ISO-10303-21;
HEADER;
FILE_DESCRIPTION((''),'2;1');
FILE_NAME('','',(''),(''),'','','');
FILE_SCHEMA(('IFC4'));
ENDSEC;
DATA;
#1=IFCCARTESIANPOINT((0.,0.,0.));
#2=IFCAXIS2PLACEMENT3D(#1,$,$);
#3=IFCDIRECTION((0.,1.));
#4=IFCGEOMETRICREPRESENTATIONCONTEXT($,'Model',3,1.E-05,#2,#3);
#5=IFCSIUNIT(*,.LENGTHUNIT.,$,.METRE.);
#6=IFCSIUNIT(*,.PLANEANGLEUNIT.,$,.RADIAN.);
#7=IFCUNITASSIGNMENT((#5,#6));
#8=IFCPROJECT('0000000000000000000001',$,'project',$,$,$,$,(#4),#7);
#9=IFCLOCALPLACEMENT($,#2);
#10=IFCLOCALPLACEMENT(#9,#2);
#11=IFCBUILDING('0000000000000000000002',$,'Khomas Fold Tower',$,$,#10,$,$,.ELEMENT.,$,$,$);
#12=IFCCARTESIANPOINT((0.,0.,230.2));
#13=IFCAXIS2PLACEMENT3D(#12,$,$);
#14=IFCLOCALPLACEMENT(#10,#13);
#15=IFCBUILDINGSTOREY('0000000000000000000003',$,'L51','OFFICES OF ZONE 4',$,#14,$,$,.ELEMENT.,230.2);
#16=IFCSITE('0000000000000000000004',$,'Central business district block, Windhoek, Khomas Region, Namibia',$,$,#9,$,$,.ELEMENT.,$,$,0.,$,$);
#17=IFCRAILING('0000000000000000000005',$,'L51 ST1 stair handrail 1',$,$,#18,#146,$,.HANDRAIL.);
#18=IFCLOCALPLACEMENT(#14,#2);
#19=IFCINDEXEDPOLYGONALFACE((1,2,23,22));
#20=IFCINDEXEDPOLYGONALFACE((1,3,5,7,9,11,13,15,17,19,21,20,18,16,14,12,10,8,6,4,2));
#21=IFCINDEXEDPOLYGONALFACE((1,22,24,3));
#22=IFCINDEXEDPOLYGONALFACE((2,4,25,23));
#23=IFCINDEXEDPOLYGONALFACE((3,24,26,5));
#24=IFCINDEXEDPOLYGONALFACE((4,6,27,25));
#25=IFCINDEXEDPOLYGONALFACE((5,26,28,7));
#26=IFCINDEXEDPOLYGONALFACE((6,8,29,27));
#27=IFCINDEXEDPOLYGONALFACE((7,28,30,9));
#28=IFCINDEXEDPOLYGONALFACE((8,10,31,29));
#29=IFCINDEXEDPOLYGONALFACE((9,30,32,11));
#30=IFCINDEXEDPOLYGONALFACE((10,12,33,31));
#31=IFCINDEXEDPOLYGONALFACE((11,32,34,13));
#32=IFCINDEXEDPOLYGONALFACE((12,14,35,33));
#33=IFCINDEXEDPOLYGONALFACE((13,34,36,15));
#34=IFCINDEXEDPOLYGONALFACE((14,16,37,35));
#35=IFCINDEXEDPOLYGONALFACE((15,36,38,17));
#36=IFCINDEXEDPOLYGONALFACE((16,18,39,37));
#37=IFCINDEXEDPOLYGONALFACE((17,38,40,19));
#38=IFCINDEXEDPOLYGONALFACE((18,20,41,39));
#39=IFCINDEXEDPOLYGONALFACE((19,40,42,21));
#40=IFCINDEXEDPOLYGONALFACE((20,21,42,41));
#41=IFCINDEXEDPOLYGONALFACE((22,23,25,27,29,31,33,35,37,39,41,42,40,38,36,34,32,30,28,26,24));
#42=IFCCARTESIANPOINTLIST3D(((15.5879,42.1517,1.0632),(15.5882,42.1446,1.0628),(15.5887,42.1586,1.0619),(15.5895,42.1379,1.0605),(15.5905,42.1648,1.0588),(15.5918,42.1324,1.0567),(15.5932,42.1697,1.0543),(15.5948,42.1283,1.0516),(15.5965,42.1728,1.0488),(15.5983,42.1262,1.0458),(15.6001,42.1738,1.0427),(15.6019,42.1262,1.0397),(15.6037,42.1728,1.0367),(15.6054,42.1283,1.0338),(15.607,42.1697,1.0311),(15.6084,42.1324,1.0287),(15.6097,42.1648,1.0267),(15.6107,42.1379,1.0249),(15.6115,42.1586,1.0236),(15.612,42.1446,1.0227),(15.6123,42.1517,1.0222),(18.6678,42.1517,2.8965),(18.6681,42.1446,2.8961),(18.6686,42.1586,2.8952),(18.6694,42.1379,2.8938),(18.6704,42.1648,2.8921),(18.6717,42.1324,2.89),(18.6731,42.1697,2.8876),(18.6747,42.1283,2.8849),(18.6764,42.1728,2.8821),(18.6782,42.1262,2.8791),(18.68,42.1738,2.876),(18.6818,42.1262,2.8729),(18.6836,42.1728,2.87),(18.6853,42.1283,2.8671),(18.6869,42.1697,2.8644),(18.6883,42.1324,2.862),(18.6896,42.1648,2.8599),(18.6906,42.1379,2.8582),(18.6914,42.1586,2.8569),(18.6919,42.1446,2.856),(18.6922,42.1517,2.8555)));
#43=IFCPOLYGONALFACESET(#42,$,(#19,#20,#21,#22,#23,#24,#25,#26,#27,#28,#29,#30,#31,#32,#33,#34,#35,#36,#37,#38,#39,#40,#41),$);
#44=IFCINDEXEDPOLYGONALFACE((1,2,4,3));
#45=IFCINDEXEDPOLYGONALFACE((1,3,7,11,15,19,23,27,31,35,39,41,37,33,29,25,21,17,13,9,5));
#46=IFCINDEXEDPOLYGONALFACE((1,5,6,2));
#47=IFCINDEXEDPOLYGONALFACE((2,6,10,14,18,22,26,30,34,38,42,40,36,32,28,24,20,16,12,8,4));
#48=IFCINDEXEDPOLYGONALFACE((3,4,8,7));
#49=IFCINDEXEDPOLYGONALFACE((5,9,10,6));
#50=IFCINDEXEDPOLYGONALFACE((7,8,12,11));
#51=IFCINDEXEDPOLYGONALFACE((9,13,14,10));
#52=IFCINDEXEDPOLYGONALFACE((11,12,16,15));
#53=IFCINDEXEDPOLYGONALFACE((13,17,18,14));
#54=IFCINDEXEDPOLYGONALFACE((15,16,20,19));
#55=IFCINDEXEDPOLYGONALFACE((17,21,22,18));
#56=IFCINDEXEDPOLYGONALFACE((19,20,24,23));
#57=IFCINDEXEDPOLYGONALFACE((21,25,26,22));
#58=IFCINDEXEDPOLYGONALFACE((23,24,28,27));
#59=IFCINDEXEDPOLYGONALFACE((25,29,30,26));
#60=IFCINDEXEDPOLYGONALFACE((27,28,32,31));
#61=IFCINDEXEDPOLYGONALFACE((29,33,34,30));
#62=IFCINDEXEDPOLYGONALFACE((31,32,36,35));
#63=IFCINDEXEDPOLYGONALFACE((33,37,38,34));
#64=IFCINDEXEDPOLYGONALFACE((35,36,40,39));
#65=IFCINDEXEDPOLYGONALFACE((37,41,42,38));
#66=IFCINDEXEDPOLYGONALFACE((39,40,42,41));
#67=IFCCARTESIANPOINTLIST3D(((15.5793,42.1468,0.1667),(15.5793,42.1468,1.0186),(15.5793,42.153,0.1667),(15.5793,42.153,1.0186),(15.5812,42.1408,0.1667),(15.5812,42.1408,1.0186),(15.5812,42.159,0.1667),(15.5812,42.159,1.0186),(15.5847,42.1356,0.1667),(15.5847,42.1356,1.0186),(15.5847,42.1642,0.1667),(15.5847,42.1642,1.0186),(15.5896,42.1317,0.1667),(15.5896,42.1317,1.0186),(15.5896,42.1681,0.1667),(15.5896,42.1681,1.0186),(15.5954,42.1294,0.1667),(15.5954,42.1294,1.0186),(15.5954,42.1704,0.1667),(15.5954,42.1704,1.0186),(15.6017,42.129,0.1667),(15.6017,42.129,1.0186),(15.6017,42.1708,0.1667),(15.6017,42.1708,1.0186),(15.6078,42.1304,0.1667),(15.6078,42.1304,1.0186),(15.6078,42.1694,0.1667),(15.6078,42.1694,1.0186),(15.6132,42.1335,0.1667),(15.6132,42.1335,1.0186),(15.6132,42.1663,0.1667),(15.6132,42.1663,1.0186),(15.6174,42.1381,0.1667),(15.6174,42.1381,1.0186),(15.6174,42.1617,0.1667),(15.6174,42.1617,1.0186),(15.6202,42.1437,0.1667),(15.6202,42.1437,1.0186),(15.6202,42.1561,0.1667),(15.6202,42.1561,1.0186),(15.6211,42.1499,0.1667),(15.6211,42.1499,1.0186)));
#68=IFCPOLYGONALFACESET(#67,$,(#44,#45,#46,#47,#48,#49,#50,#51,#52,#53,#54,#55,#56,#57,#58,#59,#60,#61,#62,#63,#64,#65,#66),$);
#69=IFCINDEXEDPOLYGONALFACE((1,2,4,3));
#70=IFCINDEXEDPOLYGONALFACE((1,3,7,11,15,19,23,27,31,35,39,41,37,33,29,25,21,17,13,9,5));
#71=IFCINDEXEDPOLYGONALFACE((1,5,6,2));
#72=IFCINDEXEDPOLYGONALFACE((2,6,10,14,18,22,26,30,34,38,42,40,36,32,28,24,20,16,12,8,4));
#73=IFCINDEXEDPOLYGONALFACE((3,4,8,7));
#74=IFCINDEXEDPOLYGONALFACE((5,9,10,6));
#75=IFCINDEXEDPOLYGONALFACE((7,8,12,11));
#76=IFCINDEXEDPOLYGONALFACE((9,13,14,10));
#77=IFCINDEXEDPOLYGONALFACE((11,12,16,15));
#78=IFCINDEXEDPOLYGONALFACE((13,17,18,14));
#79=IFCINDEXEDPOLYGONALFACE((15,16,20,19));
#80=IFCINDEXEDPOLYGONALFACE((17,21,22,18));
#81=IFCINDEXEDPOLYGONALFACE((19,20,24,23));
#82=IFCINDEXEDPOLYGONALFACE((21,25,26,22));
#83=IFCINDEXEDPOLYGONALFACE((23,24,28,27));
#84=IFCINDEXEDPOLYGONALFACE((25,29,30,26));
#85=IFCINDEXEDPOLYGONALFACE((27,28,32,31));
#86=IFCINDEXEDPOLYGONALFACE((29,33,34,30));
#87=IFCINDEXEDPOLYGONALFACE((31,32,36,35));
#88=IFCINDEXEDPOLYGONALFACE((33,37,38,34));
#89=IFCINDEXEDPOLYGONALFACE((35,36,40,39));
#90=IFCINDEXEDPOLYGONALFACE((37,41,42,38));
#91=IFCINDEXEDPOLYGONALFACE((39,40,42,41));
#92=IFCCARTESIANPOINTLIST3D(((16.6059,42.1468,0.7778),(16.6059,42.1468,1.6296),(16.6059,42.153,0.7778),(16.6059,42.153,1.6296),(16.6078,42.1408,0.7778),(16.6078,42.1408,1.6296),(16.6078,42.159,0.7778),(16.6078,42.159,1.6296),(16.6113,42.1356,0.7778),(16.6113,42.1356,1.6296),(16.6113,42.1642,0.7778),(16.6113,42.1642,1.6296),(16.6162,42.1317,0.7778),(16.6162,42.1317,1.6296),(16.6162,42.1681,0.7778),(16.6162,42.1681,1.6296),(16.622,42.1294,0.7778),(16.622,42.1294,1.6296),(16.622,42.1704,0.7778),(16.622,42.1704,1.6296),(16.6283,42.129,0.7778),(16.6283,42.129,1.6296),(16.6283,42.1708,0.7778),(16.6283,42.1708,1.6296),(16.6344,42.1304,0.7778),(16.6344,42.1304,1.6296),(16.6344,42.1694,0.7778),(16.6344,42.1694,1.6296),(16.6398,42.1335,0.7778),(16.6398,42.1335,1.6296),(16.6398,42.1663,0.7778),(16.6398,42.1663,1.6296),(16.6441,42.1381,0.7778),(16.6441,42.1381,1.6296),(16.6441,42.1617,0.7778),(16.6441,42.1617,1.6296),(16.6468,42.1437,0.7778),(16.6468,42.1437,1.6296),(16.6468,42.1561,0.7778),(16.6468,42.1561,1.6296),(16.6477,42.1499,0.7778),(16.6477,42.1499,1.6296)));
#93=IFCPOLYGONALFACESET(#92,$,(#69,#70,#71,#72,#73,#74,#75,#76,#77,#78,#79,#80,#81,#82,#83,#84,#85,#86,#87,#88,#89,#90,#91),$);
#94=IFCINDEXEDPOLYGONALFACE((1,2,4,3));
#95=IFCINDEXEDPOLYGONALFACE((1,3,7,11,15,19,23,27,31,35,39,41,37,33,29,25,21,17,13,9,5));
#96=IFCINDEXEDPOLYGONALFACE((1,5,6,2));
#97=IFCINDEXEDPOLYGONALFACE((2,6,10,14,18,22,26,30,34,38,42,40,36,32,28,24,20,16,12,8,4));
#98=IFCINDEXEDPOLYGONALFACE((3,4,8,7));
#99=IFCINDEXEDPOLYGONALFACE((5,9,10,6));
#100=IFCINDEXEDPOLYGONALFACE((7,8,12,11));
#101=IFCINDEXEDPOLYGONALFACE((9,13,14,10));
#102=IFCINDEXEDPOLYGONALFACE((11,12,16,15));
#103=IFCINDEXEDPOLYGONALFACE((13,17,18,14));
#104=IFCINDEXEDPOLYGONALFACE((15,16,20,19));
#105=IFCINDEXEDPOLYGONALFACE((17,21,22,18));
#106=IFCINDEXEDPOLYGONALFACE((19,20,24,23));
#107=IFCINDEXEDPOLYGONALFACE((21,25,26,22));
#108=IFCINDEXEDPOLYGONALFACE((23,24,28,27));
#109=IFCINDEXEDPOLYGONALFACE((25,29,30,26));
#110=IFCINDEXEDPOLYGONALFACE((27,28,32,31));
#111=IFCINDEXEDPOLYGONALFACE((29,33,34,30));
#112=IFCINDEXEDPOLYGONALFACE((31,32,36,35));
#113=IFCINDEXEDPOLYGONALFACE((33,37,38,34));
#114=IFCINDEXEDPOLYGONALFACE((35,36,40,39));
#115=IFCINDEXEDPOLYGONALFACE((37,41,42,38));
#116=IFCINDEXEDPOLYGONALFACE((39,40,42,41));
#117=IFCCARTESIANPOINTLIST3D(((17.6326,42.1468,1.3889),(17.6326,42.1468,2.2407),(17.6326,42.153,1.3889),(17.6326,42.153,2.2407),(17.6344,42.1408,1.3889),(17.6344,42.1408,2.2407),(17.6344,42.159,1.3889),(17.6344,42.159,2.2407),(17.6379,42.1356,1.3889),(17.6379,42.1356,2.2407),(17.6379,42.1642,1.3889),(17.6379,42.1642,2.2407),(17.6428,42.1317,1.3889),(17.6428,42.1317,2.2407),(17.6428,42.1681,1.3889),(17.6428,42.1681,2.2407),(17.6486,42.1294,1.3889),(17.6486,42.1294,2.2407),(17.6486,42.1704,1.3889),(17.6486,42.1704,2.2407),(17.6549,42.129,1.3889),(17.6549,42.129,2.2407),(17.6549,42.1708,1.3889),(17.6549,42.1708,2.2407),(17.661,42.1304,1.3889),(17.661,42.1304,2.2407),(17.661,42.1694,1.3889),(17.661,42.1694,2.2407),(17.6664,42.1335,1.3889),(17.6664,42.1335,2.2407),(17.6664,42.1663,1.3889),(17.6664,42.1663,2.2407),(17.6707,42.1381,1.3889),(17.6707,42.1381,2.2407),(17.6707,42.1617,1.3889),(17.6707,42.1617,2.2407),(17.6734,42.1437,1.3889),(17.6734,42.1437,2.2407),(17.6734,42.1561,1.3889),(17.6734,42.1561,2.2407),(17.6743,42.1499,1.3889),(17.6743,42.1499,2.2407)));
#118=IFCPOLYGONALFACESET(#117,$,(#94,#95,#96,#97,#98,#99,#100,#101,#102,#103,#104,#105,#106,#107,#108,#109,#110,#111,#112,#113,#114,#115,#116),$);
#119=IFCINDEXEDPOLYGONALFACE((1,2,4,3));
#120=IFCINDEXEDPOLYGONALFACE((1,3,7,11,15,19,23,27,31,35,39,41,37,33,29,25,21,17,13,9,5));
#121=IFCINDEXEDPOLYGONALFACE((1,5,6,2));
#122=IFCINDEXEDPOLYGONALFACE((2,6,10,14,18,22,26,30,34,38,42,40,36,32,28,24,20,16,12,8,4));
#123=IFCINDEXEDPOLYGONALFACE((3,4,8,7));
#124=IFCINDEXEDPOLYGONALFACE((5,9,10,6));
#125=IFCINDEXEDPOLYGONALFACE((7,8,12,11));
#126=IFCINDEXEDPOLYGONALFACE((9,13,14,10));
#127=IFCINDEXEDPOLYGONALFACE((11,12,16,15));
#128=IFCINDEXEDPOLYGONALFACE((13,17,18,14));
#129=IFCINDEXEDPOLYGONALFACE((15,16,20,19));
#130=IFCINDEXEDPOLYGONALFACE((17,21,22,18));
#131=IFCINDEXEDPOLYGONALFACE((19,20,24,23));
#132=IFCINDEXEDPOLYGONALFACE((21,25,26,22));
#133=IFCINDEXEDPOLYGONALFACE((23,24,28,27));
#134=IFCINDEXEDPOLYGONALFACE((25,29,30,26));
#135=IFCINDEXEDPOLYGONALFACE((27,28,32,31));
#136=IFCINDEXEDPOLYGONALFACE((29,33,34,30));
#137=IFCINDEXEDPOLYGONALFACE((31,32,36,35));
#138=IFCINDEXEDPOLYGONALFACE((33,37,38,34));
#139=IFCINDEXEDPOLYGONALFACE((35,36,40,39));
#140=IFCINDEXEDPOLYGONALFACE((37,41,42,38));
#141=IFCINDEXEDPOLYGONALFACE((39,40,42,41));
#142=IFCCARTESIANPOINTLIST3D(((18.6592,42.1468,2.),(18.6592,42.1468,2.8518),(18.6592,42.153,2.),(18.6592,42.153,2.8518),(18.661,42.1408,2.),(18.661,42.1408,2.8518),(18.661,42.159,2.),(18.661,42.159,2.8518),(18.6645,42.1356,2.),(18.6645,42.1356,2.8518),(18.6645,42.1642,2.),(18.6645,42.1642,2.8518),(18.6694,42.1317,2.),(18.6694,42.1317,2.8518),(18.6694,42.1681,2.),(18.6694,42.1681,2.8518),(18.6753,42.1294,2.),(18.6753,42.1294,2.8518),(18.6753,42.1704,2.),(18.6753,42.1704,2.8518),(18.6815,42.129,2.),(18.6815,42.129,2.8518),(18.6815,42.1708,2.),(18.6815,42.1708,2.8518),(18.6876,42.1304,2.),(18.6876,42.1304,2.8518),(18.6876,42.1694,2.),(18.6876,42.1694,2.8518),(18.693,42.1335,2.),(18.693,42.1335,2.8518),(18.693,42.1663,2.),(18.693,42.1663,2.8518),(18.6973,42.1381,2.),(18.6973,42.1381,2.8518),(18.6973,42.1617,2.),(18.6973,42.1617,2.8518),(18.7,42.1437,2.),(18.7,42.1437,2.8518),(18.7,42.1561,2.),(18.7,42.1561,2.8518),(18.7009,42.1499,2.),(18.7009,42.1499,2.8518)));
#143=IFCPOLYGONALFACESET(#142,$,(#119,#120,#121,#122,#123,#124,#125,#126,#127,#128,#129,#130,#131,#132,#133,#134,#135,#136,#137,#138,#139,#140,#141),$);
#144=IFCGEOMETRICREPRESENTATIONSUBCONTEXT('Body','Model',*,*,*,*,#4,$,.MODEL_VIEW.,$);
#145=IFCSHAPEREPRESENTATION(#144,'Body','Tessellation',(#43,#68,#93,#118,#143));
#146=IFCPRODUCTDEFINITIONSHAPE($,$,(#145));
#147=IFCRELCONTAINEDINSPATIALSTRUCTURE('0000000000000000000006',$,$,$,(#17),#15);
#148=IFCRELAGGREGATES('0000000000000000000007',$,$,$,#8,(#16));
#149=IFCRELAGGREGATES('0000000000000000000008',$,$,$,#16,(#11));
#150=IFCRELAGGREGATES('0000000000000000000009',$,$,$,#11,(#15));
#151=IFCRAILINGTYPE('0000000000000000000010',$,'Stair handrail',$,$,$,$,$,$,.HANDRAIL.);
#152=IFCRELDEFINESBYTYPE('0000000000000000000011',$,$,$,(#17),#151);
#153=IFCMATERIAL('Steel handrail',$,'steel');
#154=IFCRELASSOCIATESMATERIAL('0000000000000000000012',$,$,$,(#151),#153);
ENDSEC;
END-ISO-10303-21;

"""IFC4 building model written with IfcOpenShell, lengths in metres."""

from ifc_helpers import new_model, si_unit, direction, frame, origin, origin_2d, place, context, subcontext, project, spatial, circle, extrude, source, transform, mapped, material, type_object, element, save


model = new_model("IFC4")

# Units and contexts
model_context = context("Model", 3, precision=1e-05, world=origin(), true_north=direction((0.0, 1.0)))
body_context = subcontext(model_context, "Body", "Model", "MODEL_VIEW")
ifc_project = project(units=[si_unit("LENGTHUNIT", "METRE"), si_unit("PLANEANGLEUNIT", "RADIAN")], contexts=[model_context])

# Site, building, storey
site_placement = place(None, origin())
site = spatial("IfcSite", under=ifc_project, at=site_placement, Name="Central business district block, Windhoek, Khomas Region, Namibia", CompositionType="ELEMENT", RefElevation=0.0)
building_placement = place(site_placement, origin())
building = spatial("IfcBuilding", under=site, at=building_placement, Name="Khomas Fold Tower", CompositionType="ELEMENT")
storey_placement = place(building_placement, frame((0.0, 0.0, 230.2)))
storey = spatial("IfcBuildingStorey", under=building, at=storey_placement, Name="L51", Description="OFFICES OF ZONE 4", CompositionType="ELEMENT", Elevation=230.2)

# Railing
ifc_material_1 = material(Name="Steel handrail", Category="steel")
railing_type_1 = type_object("IfcRailingType", Name="Stair handrail", PredefinedType="HANDRAIL", material=ifc_material_1)
shared_shape_1 = source(origin(), body_context, "Body", "SweptSolid", [
    extrude(circle(Radius=0.0239, at=origin_2d()), frame((0.0, 0.0, 0.876), z_axis=(0.859291, 0.0, 0.511487), x_axis=(0.0, 1.0, 0.0)), (0.0, 0.0, 1.0), 3.5842),
    extrude(circle(Radius=0.021, at=origin_2d()), origin(), (0.0, 0.0, 1.0), 0.8518),
    extrude(circle(Radius=0.021, at=origin_2d()), frame((1.0266, 0.0, 0.6111)), (0.0, 0.0, 1.0), 0.8518),
    extrude(circle(Radius=0.021, at=origin_2d()), frame((2.0532, 0.0, 1.2222)), (0.0, 0.0, 1.0), 0.8518),
    extrude(circle(Radius=0.021, at=origin_2d()), frame((3.0798, 0.0, 1.8333)), (0.0, 0.0, 1.0), 0.8518),
])
railing_1_placement = place(storey_placement, frame((15.6001, 42.1499, 0.1667)))
element("IfcRailing", 1, at=railing_1_placement, inside=storey, type_object=railing_type_1, Name="L51 ST1 stair handrail 1", PredefinedType="HANDRAIL", context=body_context, shape_type="MappedRepresentation", body=[
    mapped(shared_shape_1, transform((0.0, 0.0, 0.0))),
])

save(model, "model.ifc")
